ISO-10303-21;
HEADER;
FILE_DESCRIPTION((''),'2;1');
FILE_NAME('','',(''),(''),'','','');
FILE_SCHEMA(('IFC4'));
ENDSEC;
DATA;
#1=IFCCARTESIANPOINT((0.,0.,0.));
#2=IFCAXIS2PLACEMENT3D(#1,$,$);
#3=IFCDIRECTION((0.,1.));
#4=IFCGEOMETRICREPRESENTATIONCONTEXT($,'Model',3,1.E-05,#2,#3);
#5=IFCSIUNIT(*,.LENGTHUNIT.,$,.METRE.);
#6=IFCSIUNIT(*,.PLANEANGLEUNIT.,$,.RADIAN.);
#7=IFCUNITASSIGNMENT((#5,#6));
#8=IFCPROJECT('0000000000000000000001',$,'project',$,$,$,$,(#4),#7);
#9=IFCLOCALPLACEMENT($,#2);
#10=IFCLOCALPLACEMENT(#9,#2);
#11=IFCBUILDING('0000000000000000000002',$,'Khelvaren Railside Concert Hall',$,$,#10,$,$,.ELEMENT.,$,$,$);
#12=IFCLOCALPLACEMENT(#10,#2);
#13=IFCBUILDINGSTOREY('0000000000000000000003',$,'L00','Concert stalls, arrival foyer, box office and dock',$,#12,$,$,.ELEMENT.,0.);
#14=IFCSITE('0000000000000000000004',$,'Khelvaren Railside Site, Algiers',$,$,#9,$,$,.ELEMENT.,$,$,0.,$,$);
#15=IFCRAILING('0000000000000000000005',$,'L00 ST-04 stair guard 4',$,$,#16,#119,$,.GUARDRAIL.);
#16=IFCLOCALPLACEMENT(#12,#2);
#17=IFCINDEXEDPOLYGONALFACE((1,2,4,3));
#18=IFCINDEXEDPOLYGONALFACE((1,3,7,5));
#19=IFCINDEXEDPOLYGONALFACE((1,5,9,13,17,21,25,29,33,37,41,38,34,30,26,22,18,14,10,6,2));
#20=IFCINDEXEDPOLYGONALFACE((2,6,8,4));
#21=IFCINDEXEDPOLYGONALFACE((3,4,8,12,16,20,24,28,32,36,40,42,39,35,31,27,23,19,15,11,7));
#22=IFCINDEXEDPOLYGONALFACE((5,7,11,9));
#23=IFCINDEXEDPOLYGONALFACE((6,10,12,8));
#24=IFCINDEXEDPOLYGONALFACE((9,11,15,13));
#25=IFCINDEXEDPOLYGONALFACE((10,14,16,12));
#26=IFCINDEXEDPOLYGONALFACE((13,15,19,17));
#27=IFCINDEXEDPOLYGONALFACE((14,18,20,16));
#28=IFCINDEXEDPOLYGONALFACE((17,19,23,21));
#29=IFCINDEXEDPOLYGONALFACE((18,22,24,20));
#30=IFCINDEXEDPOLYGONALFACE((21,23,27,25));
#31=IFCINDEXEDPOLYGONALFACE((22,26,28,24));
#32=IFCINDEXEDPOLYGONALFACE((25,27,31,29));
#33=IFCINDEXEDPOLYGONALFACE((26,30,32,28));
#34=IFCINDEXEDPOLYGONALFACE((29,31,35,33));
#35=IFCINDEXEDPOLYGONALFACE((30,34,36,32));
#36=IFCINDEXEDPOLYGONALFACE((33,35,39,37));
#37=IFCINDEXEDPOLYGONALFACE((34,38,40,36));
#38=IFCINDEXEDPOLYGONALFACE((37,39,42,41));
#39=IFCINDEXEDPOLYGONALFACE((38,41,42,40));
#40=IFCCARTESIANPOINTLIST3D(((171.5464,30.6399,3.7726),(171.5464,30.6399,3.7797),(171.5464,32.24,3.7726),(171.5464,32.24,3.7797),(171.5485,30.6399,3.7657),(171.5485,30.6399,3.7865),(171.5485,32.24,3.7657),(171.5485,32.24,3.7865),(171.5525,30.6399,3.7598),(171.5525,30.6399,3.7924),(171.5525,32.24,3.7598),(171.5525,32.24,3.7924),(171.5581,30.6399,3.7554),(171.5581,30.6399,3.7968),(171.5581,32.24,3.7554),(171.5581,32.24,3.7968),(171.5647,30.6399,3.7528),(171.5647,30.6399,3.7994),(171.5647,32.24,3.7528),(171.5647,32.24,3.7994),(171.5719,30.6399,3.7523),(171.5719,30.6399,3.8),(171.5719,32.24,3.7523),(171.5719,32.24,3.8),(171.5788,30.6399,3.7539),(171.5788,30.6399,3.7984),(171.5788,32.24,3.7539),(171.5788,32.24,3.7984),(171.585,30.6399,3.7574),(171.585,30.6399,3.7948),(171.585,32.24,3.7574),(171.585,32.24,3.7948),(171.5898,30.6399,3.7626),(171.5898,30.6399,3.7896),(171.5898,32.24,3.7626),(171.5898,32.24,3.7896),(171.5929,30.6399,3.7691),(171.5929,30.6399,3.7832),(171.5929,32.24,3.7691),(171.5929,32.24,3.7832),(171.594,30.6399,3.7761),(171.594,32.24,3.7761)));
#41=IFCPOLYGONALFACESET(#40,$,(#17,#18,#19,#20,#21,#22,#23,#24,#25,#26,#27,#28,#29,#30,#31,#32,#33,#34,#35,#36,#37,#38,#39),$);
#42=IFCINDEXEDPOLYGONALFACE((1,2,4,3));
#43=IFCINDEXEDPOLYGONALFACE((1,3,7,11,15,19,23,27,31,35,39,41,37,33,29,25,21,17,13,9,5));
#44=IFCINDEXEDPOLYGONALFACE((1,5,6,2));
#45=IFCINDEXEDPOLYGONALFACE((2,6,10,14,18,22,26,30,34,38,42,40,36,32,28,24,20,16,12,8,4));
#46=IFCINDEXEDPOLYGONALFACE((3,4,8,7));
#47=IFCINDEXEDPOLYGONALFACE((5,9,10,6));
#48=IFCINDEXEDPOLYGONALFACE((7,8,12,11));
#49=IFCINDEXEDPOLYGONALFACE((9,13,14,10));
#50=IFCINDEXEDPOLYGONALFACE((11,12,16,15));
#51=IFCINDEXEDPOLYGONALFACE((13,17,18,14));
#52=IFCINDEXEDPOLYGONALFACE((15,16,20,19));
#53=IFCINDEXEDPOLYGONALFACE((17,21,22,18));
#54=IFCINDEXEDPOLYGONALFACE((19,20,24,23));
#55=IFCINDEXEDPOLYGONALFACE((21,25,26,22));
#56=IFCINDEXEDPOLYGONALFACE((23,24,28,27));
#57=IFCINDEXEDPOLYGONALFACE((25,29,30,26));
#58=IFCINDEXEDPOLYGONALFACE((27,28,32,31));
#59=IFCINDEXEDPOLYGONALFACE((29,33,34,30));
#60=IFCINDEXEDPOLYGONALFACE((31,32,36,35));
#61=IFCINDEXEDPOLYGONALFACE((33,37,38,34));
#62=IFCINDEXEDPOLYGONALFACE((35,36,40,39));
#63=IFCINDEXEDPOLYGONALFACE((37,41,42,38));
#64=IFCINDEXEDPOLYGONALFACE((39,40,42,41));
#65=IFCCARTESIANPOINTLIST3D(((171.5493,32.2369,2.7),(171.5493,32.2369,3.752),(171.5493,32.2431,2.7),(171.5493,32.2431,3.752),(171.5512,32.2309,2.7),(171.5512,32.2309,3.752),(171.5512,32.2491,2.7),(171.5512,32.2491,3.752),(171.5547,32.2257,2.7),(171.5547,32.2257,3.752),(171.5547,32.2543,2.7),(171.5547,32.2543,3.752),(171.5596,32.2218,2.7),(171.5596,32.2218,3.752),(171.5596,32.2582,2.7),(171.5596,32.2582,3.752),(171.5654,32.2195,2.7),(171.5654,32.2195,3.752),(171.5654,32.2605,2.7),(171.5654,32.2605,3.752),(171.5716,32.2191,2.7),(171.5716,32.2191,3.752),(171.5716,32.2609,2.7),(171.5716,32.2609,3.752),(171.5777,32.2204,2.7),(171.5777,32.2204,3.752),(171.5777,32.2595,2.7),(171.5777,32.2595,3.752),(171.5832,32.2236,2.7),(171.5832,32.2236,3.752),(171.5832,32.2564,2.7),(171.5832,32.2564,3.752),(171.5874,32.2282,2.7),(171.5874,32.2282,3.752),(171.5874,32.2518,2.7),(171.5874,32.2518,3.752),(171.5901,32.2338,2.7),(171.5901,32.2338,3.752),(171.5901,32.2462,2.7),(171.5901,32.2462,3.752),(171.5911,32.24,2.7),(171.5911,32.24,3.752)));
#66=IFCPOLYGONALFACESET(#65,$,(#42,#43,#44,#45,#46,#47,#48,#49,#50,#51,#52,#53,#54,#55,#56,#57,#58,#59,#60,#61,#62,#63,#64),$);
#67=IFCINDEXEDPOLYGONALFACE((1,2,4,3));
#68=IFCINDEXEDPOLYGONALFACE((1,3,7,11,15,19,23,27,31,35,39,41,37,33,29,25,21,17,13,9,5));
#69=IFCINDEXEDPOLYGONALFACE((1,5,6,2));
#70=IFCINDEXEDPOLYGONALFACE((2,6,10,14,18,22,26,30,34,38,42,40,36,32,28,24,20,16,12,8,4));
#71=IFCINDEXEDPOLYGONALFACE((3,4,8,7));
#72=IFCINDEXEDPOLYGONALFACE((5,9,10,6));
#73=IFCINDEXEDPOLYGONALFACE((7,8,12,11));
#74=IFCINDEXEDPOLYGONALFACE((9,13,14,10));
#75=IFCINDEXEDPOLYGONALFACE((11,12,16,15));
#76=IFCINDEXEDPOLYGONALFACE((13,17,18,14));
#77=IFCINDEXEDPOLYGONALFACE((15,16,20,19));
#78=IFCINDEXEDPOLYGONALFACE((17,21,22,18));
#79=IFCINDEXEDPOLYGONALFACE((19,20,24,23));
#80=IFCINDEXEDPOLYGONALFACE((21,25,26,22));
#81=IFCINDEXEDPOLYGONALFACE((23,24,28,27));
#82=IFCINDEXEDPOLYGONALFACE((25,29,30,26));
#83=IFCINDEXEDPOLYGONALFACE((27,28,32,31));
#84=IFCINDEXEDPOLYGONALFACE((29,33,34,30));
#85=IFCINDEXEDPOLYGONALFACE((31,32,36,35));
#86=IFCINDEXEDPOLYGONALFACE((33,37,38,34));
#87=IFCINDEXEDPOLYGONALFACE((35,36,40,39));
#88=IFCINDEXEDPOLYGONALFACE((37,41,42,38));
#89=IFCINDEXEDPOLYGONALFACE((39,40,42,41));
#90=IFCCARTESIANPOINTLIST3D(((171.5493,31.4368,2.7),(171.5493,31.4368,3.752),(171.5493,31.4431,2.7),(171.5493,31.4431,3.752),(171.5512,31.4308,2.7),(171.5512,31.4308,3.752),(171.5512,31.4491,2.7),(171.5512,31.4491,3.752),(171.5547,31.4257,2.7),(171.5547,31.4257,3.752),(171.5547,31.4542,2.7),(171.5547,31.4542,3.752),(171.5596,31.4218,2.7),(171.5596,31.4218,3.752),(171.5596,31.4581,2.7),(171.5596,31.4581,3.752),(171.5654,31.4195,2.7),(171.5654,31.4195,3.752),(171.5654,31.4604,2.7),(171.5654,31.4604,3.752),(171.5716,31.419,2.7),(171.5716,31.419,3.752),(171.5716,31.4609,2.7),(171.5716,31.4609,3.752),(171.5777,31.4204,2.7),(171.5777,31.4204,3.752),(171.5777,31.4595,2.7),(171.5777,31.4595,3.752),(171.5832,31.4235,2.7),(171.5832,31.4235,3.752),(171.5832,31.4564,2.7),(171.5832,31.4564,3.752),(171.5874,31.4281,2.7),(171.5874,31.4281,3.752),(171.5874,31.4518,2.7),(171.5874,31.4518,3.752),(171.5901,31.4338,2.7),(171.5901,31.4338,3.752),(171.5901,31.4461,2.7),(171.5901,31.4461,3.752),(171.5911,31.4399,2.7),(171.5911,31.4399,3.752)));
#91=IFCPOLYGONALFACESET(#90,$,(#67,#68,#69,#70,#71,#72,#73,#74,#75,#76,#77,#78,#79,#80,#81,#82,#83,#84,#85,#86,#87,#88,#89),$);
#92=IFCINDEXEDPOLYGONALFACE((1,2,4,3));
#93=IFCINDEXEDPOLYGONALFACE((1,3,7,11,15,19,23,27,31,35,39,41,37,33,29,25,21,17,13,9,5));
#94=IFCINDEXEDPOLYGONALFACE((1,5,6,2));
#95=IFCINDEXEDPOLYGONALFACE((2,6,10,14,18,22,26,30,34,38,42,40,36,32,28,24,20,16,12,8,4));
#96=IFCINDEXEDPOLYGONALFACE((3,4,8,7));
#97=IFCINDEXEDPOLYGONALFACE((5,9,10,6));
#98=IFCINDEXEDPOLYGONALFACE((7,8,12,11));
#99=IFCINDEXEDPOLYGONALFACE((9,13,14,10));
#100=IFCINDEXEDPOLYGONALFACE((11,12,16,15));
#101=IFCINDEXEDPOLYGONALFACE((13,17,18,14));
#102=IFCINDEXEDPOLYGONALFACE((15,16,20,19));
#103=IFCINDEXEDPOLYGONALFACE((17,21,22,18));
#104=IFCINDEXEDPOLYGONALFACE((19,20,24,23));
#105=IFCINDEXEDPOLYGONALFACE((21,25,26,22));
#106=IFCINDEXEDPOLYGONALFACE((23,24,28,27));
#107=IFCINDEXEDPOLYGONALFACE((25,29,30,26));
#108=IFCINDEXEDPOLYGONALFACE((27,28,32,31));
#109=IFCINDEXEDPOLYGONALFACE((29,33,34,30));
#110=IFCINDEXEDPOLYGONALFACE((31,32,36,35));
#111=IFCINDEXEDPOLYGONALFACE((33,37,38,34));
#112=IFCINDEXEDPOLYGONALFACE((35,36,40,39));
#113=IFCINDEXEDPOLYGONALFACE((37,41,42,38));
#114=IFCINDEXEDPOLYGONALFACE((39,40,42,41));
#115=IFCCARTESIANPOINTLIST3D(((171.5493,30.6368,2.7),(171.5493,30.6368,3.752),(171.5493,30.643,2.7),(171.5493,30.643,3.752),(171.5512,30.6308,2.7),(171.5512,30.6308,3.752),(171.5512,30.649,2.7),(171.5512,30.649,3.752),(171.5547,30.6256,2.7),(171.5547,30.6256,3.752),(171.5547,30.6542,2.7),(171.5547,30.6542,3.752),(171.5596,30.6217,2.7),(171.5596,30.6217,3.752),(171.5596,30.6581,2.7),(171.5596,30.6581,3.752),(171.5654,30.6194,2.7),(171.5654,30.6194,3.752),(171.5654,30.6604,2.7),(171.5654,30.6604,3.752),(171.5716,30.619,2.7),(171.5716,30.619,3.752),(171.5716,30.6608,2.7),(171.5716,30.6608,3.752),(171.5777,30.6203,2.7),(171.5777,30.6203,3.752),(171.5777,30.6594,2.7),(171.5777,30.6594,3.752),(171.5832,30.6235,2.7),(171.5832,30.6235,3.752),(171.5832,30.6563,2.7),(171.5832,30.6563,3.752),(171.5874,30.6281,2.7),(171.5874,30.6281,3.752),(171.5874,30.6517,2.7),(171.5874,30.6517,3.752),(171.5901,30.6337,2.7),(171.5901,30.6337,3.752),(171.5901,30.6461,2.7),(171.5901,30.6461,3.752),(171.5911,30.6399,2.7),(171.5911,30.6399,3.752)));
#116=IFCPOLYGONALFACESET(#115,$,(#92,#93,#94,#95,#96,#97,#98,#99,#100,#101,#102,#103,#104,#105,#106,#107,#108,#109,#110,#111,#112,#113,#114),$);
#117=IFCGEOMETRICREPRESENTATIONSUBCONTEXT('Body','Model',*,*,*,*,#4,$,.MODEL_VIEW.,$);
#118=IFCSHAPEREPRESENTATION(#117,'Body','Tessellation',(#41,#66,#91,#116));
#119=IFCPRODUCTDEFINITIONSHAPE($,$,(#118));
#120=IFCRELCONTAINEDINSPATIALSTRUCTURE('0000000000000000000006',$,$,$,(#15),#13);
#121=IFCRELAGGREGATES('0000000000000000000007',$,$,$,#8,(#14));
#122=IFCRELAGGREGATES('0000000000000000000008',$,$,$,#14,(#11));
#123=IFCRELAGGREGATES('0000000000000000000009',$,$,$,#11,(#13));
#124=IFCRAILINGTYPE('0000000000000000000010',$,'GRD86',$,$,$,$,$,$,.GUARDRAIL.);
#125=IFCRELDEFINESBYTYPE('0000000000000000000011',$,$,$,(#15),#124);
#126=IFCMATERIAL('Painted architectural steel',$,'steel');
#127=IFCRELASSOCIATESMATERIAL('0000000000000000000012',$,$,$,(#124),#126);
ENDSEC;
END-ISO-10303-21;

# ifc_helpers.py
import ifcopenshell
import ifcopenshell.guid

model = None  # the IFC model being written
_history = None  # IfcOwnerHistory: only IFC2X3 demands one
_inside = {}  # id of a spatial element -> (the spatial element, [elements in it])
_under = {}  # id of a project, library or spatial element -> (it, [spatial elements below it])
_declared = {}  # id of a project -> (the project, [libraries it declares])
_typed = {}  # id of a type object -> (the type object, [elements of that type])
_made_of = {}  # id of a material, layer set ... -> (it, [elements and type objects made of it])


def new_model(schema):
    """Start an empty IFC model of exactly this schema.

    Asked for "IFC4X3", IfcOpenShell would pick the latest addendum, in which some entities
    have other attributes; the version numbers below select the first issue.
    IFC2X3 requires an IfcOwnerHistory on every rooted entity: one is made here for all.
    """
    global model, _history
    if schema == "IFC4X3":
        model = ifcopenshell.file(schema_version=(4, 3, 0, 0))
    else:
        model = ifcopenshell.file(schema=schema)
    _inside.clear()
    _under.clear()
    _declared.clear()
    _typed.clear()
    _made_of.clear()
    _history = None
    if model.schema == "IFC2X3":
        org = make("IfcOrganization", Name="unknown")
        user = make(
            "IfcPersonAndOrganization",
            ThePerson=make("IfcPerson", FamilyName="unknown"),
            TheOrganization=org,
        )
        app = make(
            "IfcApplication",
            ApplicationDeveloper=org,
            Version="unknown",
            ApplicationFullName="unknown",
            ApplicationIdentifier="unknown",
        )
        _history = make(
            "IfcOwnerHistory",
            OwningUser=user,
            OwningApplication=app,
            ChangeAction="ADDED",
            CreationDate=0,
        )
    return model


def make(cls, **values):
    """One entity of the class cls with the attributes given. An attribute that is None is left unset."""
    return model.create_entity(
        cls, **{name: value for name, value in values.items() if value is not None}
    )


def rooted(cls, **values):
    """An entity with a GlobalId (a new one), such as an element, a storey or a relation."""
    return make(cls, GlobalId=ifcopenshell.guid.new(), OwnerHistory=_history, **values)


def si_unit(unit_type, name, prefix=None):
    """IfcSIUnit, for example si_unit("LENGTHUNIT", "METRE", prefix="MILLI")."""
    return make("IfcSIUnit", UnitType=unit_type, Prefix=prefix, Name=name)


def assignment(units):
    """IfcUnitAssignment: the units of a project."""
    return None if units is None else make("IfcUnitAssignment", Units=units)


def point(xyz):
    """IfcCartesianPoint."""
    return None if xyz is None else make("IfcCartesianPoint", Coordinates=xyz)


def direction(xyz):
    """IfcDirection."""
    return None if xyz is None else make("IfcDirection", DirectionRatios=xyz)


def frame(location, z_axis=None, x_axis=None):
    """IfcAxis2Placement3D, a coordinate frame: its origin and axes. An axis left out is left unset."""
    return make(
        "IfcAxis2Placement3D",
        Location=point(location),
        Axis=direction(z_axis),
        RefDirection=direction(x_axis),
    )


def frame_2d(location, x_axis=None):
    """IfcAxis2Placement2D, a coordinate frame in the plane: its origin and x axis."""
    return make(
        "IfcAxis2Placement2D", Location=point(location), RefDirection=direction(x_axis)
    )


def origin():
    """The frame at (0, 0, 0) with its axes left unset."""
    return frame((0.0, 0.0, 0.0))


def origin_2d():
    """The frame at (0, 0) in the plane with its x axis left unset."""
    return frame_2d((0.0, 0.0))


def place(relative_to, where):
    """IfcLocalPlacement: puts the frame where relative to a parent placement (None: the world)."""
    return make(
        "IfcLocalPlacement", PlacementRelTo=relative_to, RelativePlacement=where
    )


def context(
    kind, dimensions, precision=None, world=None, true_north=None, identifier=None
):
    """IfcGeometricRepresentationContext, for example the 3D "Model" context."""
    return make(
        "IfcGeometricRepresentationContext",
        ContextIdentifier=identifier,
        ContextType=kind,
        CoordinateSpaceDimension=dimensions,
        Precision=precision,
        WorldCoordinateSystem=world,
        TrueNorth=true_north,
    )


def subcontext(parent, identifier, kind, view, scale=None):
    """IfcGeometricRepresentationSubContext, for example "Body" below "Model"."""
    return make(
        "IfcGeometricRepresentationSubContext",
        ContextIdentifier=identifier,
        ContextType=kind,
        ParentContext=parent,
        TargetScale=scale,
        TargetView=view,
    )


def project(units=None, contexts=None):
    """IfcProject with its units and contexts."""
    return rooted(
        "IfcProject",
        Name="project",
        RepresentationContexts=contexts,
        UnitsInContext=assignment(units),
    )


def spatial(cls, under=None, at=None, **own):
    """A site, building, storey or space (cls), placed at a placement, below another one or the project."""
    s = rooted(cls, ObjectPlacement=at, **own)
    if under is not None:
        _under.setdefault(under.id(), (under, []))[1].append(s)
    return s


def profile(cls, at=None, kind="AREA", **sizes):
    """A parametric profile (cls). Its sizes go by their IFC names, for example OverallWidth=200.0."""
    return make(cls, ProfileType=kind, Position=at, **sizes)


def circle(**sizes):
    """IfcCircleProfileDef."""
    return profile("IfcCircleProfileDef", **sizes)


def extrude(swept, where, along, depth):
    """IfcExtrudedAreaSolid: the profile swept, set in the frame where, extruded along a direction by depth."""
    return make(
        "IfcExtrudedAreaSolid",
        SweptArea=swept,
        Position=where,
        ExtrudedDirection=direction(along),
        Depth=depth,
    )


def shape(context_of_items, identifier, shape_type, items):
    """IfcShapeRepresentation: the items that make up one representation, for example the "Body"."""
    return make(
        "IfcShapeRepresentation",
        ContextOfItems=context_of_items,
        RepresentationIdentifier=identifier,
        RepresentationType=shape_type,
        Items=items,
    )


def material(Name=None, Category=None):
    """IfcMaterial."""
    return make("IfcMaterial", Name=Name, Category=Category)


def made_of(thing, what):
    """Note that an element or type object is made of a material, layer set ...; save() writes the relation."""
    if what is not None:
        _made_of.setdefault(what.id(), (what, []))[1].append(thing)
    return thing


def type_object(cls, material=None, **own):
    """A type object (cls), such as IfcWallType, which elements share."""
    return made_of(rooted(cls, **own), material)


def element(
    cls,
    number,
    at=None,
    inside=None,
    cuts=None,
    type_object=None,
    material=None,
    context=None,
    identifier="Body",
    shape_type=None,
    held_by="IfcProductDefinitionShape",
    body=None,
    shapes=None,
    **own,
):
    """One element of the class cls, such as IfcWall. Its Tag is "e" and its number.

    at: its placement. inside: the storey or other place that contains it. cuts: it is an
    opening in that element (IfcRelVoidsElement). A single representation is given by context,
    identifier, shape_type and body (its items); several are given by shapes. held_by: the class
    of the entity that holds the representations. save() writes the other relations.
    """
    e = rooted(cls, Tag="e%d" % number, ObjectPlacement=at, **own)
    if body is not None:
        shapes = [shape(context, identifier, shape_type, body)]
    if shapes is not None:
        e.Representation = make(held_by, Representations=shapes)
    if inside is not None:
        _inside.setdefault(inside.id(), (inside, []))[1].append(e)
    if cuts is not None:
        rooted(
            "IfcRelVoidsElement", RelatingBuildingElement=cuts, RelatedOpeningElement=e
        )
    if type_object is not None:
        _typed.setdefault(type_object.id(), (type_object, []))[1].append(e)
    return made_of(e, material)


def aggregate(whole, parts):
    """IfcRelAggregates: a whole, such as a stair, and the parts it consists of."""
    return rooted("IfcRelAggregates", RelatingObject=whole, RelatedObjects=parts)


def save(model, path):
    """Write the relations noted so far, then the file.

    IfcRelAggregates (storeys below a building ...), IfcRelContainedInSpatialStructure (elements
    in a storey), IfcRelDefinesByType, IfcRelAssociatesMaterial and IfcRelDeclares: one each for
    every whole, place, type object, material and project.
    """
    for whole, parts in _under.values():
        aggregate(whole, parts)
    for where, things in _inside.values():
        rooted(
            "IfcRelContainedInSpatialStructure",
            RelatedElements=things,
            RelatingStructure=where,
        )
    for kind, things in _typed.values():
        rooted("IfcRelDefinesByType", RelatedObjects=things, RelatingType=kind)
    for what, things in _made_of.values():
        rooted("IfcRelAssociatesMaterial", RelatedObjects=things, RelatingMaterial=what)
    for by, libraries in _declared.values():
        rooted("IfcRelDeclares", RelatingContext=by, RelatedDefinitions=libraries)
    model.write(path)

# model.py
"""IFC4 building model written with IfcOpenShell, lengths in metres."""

from ifc_helpers import new_model, si_unit, direction, frame, origin, origin_2d, place, context, subcontext, project, spatial, circle, extrude, material, type_object, element, save


model = new_model("IFC4")

# Units and contexts
model_context = context("Model", 3, precision=1e-05, world=origin(), true_north=direction((0.0, 1.0)))
body_context = subcontext(model_context, "Body", "Model", "MODEL_VIEW")
ifc_project = project(units=[si_unit("LENGTHUNIT", "METRE"), si_unit("PLANEANGLEUNIT", "RADIAN")], contexts=[model_context])

# Site, building, storey
site_placement = place(None, origin())
site = spatial("IfcSite", under=ifc_project, at=site_placement, Name="Khelvaren Railside Site, Algiers", CompositionType="ELEMENT", RefElevation=0.0)
building_placement = place(site_placement, origin())
building = spatial("IfcBuilding", under=site, at=building_placement, Name="Khelvaren Railside Concert Hall", CompositionType="ELEMENT")
storey_placement = place(building_placement, origin())
storey = spatial("IfcBuildingStorey", under=building, at=storey_placement, Name="L00", Description="Concert stalls, arrival foyer, box office and dock", CompositionType="ELEMENT", Elevation=0.0)

# Railing
ifc_material_1 = material(Name="Painted architectural steel", Category="steel")
railing_type_1 = type_object("IfcRailingType", Name="GRD86", PredefinedType="GUARDRAIL", material=ifc_material_1)
for number, where, name in (
    (1, (171.5701, 32.24, 2.7), "L00 ST-04 stair guard 4"),
):
    element("IfcRailing", number, at=place(storey_placement, frame(where)), inside=storey, type_object=railing_type_1, Name=name, PredefinedType="GUARDRAIL", context=body_context, shape_type="SweptSolid", body=[
        extrude(circle(Radius=0.0239, at=origin_2d()), frame((0.0, 0.0, 1.0762), z_axis=(0.0, -1.0, 0.0), x_axis=(1.0, 0.0, 0.0)), (0.0, 0.0, 1.0), 1.6001),
        extrude(circle(Radius=0.021, at=origin_2d()), origin(), (0.0, 0.0, 1.0), 1.052),
        extrude(circle(Radius=0.021, at=origin_2d()), frame((0.0, -0.8, 0.0)), (0.0, 0.0, 1.0), 1.052),
        extrude(circle(Radius=0.021, at=origin_2d()), frame((0.0, -1.6001, 0.0)), (0.0, 0.0, 1.0), 1.052),
    ])

save(model, "model.ifc")
